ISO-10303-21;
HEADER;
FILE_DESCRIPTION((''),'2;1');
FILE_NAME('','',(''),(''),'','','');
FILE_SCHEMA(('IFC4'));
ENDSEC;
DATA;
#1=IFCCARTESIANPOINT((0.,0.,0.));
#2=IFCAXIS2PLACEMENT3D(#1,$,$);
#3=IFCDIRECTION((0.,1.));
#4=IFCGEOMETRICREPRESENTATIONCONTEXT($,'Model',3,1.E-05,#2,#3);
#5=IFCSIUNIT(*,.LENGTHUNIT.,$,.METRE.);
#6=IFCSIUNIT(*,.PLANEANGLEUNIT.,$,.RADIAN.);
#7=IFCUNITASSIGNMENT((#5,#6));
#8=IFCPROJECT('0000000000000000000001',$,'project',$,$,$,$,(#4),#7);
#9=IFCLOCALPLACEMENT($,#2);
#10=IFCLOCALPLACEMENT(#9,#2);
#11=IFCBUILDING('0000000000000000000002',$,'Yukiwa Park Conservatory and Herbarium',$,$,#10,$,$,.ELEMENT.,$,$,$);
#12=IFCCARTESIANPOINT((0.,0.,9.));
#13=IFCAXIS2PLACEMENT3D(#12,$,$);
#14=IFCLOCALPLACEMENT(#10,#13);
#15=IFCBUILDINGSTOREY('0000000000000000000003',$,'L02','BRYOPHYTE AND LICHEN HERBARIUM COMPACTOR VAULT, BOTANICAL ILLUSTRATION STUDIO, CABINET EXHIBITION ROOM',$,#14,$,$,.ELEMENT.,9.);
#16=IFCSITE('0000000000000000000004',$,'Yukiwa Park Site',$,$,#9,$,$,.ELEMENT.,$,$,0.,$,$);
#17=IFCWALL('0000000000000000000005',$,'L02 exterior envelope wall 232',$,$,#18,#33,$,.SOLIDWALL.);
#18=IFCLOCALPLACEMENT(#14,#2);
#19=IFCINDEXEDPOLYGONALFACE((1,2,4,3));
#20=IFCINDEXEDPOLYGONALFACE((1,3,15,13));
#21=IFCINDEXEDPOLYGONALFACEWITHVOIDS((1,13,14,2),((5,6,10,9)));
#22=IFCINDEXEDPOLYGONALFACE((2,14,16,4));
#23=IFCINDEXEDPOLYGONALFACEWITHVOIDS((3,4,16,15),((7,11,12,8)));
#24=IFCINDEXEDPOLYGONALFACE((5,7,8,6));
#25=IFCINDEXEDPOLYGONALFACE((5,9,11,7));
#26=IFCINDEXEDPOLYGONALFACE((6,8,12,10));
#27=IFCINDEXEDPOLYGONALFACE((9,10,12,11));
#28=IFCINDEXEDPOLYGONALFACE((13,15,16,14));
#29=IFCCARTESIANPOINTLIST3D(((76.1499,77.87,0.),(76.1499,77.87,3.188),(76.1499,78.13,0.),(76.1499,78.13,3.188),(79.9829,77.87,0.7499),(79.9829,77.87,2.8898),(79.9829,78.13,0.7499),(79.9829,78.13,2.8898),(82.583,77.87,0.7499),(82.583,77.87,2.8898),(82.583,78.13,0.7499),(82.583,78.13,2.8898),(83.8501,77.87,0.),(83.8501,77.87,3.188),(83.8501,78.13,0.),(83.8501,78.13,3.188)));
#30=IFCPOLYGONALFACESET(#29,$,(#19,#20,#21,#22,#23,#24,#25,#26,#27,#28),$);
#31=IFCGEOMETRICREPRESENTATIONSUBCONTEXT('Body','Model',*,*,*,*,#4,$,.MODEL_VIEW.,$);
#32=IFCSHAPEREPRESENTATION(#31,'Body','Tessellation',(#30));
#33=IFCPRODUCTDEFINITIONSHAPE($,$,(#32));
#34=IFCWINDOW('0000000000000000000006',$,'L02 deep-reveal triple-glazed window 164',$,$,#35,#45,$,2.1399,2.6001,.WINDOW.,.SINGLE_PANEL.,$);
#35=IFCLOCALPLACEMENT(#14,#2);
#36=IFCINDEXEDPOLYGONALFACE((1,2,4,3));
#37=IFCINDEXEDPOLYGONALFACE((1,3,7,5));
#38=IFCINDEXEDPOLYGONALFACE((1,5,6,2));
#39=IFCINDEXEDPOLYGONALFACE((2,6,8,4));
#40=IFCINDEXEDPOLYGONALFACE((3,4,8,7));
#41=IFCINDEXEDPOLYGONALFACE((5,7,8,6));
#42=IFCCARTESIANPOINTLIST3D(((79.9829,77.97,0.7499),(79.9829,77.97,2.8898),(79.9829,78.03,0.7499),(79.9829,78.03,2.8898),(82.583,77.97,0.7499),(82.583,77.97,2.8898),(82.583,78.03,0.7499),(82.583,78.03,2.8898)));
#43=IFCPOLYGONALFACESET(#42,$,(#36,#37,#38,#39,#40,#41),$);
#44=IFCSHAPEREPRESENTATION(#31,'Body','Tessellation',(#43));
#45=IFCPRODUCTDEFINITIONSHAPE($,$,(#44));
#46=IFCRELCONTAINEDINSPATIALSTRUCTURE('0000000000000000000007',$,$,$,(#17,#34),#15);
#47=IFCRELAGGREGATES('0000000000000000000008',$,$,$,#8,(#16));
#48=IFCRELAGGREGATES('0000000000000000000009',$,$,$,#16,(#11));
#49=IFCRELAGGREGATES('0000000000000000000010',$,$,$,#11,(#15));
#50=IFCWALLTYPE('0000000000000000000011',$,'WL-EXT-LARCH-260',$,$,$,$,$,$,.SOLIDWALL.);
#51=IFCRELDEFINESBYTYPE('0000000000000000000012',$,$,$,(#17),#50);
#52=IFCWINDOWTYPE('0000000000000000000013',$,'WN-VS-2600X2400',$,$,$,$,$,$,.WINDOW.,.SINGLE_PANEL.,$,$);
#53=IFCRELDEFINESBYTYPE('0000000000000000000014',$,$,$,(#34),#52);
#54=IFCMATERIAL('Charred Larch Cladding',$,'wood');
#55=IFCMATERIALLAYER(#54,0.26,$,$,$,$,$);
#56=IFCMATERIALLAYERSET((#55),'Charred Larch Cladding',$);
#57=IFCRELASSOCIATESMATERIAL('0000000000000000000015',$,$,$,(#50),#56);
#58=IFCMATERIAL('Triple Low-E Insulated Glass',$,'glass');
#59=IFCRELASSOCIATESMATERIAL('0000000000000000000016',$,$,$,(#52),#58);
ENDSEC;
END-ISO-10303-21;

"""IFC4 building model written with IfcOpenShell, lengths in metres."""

from ifc_helpers import new_model, si_unit, direction, frame, frame_2d, origin, place, context, subcontext, project, spatial, rectangle, extrude, material, layer, layer_set, type_object, element, fill, save


model = new_model("IFC4")

# Units and contexts
model_context = context("Model", 3, precision=1e-05, world=origin(), true_north=direction((0.0, 1.0)))
body_context = subcontext(model_context, "Body", "Model", "MODEL_VIEW")
ifc_project = project(units=[si_unit("LENGTHUNIT", "METRE"), si_unit("PLANEANGLEUNIT", "RADIAN")], contexts=[model_context])

# Site, building, storey
site_placement = place(None, origin())
site = spatial("IfcSite", under=ifc_project, at=site_placement, Name="Yukiwa Park Site", CompositionType="ELEMENT", RefElevation=0.0)
building_placement = place(site_placement, origin())
building = spatial("IfcBuilding", under=site, at=building_placement, Name="Yukiwa Park Conservatory and Herbarium", CompositionType="ELEMENT")
storey_placement = place(building_placement, frame((0.0, 0.0, 9.0)))
storey = spatial("IfcBuildingStorey", under=building, at=storey_placement, Name="L02", Description="BRYOPHYTE AND LICHEN HERBARIUM COMPACTOR VAULT, BOTANICAL ILLUSTRATION STUDIO, CABINET EXHIBITION ROOM", CompositionType="ELEMENT", Elevation=9.0)

# Shared definitions
ifc_material_1 = material(Name="Charred Larch Cladding", Category="wood")
ifc_layer = layer(ifc_material_1, 0.26)
ifc_layer_set = layer_set([ifc_layer], Name="Charred Larch Cladding")
wall_type = type_object("IfcWallType", Name="WL-EXT-LARCH-260", PredefinedType="SOLIDWALL", material=ifc_layer_set)

# Wall, opening, window
wall_1_placement = place(storey_placement, frame((83.8501, 78.0, 0.0), z_axis=(0.0, 0.0, 1.0), x_axis=(-1.0, 0.0, 0.0)))
wall_1 = element("IfcWall", 1, at=wall_1_placement, inside=storey, type_object=wall_type, Name="L02 exterior envelope wall 232", PredefinedType="SOLIDWALL", context=body_context, shape_type="SweptSolid", body=[
    extrude(rectangle(XDim=7.7002, YDim=0.26, at=frame_2d((3.8501, 0.0))), origin(), (0.0, 0.0, 1.0), 3.188),
])
opening_1_placement = place(wall_1_placement, frame((1.2671, 0.0, 0.75)))
opening_1 = element("IfcOpeningElement", 2, at=opening_1_placement, cuts=wall_1, PredefinedType="OPENING", context=body_context, shape_type="SweptSolid", body=[
    extrude(rectangle(XDim=2.6001, YDim=2.1399, at=frame_2d((1.3, 1.0698))), frame((0.0, 0.1401, 0.0), z_axis=(0.0, -1.0, 0.0), x_axis=(1.0, 0.0, 0.0)), (0.0, 0.0, 1.0), 0.28),
])
ifc_material_2 = material(Name="Triple Low-E Insulated Glass", Category="glass")
window_type_1 = type_object("IfcWindowType", Name="WN-VS-2600X2400", PartitioningType="SINGLE_PANEL", PredefinedType="WINDOW", material=ifc_material_2)
window_1_placement = place(opening_1_placement, origin())
window_1 = element("IfcWindow", 3, at=window_1_placement, inside=storey, type_object=window_type_1, Name="L02 deep-reveal triple-glazed window 164", OverallHeight=2.1399, OverallWidth=2.6001, PartitioningType="SINGLE_PANEL", PredefinedType="WINDOW", context=body_context, shape_type="SweptSolid", body=[
    extrude(rectangle(XDim=2.6001, YDim=2.1399, at=frame_2d((1.3, 1.0698))), frame((0.0, 0.03, 0.0), z_axis=(0.0, -1.0, 0.0), x_axis=(1.0, 0.0, 0.0)), (0.0, 0.0, 1.0), 0.0601),
])
fill(opening_1, window_1)

save(model, "model.ifc")
